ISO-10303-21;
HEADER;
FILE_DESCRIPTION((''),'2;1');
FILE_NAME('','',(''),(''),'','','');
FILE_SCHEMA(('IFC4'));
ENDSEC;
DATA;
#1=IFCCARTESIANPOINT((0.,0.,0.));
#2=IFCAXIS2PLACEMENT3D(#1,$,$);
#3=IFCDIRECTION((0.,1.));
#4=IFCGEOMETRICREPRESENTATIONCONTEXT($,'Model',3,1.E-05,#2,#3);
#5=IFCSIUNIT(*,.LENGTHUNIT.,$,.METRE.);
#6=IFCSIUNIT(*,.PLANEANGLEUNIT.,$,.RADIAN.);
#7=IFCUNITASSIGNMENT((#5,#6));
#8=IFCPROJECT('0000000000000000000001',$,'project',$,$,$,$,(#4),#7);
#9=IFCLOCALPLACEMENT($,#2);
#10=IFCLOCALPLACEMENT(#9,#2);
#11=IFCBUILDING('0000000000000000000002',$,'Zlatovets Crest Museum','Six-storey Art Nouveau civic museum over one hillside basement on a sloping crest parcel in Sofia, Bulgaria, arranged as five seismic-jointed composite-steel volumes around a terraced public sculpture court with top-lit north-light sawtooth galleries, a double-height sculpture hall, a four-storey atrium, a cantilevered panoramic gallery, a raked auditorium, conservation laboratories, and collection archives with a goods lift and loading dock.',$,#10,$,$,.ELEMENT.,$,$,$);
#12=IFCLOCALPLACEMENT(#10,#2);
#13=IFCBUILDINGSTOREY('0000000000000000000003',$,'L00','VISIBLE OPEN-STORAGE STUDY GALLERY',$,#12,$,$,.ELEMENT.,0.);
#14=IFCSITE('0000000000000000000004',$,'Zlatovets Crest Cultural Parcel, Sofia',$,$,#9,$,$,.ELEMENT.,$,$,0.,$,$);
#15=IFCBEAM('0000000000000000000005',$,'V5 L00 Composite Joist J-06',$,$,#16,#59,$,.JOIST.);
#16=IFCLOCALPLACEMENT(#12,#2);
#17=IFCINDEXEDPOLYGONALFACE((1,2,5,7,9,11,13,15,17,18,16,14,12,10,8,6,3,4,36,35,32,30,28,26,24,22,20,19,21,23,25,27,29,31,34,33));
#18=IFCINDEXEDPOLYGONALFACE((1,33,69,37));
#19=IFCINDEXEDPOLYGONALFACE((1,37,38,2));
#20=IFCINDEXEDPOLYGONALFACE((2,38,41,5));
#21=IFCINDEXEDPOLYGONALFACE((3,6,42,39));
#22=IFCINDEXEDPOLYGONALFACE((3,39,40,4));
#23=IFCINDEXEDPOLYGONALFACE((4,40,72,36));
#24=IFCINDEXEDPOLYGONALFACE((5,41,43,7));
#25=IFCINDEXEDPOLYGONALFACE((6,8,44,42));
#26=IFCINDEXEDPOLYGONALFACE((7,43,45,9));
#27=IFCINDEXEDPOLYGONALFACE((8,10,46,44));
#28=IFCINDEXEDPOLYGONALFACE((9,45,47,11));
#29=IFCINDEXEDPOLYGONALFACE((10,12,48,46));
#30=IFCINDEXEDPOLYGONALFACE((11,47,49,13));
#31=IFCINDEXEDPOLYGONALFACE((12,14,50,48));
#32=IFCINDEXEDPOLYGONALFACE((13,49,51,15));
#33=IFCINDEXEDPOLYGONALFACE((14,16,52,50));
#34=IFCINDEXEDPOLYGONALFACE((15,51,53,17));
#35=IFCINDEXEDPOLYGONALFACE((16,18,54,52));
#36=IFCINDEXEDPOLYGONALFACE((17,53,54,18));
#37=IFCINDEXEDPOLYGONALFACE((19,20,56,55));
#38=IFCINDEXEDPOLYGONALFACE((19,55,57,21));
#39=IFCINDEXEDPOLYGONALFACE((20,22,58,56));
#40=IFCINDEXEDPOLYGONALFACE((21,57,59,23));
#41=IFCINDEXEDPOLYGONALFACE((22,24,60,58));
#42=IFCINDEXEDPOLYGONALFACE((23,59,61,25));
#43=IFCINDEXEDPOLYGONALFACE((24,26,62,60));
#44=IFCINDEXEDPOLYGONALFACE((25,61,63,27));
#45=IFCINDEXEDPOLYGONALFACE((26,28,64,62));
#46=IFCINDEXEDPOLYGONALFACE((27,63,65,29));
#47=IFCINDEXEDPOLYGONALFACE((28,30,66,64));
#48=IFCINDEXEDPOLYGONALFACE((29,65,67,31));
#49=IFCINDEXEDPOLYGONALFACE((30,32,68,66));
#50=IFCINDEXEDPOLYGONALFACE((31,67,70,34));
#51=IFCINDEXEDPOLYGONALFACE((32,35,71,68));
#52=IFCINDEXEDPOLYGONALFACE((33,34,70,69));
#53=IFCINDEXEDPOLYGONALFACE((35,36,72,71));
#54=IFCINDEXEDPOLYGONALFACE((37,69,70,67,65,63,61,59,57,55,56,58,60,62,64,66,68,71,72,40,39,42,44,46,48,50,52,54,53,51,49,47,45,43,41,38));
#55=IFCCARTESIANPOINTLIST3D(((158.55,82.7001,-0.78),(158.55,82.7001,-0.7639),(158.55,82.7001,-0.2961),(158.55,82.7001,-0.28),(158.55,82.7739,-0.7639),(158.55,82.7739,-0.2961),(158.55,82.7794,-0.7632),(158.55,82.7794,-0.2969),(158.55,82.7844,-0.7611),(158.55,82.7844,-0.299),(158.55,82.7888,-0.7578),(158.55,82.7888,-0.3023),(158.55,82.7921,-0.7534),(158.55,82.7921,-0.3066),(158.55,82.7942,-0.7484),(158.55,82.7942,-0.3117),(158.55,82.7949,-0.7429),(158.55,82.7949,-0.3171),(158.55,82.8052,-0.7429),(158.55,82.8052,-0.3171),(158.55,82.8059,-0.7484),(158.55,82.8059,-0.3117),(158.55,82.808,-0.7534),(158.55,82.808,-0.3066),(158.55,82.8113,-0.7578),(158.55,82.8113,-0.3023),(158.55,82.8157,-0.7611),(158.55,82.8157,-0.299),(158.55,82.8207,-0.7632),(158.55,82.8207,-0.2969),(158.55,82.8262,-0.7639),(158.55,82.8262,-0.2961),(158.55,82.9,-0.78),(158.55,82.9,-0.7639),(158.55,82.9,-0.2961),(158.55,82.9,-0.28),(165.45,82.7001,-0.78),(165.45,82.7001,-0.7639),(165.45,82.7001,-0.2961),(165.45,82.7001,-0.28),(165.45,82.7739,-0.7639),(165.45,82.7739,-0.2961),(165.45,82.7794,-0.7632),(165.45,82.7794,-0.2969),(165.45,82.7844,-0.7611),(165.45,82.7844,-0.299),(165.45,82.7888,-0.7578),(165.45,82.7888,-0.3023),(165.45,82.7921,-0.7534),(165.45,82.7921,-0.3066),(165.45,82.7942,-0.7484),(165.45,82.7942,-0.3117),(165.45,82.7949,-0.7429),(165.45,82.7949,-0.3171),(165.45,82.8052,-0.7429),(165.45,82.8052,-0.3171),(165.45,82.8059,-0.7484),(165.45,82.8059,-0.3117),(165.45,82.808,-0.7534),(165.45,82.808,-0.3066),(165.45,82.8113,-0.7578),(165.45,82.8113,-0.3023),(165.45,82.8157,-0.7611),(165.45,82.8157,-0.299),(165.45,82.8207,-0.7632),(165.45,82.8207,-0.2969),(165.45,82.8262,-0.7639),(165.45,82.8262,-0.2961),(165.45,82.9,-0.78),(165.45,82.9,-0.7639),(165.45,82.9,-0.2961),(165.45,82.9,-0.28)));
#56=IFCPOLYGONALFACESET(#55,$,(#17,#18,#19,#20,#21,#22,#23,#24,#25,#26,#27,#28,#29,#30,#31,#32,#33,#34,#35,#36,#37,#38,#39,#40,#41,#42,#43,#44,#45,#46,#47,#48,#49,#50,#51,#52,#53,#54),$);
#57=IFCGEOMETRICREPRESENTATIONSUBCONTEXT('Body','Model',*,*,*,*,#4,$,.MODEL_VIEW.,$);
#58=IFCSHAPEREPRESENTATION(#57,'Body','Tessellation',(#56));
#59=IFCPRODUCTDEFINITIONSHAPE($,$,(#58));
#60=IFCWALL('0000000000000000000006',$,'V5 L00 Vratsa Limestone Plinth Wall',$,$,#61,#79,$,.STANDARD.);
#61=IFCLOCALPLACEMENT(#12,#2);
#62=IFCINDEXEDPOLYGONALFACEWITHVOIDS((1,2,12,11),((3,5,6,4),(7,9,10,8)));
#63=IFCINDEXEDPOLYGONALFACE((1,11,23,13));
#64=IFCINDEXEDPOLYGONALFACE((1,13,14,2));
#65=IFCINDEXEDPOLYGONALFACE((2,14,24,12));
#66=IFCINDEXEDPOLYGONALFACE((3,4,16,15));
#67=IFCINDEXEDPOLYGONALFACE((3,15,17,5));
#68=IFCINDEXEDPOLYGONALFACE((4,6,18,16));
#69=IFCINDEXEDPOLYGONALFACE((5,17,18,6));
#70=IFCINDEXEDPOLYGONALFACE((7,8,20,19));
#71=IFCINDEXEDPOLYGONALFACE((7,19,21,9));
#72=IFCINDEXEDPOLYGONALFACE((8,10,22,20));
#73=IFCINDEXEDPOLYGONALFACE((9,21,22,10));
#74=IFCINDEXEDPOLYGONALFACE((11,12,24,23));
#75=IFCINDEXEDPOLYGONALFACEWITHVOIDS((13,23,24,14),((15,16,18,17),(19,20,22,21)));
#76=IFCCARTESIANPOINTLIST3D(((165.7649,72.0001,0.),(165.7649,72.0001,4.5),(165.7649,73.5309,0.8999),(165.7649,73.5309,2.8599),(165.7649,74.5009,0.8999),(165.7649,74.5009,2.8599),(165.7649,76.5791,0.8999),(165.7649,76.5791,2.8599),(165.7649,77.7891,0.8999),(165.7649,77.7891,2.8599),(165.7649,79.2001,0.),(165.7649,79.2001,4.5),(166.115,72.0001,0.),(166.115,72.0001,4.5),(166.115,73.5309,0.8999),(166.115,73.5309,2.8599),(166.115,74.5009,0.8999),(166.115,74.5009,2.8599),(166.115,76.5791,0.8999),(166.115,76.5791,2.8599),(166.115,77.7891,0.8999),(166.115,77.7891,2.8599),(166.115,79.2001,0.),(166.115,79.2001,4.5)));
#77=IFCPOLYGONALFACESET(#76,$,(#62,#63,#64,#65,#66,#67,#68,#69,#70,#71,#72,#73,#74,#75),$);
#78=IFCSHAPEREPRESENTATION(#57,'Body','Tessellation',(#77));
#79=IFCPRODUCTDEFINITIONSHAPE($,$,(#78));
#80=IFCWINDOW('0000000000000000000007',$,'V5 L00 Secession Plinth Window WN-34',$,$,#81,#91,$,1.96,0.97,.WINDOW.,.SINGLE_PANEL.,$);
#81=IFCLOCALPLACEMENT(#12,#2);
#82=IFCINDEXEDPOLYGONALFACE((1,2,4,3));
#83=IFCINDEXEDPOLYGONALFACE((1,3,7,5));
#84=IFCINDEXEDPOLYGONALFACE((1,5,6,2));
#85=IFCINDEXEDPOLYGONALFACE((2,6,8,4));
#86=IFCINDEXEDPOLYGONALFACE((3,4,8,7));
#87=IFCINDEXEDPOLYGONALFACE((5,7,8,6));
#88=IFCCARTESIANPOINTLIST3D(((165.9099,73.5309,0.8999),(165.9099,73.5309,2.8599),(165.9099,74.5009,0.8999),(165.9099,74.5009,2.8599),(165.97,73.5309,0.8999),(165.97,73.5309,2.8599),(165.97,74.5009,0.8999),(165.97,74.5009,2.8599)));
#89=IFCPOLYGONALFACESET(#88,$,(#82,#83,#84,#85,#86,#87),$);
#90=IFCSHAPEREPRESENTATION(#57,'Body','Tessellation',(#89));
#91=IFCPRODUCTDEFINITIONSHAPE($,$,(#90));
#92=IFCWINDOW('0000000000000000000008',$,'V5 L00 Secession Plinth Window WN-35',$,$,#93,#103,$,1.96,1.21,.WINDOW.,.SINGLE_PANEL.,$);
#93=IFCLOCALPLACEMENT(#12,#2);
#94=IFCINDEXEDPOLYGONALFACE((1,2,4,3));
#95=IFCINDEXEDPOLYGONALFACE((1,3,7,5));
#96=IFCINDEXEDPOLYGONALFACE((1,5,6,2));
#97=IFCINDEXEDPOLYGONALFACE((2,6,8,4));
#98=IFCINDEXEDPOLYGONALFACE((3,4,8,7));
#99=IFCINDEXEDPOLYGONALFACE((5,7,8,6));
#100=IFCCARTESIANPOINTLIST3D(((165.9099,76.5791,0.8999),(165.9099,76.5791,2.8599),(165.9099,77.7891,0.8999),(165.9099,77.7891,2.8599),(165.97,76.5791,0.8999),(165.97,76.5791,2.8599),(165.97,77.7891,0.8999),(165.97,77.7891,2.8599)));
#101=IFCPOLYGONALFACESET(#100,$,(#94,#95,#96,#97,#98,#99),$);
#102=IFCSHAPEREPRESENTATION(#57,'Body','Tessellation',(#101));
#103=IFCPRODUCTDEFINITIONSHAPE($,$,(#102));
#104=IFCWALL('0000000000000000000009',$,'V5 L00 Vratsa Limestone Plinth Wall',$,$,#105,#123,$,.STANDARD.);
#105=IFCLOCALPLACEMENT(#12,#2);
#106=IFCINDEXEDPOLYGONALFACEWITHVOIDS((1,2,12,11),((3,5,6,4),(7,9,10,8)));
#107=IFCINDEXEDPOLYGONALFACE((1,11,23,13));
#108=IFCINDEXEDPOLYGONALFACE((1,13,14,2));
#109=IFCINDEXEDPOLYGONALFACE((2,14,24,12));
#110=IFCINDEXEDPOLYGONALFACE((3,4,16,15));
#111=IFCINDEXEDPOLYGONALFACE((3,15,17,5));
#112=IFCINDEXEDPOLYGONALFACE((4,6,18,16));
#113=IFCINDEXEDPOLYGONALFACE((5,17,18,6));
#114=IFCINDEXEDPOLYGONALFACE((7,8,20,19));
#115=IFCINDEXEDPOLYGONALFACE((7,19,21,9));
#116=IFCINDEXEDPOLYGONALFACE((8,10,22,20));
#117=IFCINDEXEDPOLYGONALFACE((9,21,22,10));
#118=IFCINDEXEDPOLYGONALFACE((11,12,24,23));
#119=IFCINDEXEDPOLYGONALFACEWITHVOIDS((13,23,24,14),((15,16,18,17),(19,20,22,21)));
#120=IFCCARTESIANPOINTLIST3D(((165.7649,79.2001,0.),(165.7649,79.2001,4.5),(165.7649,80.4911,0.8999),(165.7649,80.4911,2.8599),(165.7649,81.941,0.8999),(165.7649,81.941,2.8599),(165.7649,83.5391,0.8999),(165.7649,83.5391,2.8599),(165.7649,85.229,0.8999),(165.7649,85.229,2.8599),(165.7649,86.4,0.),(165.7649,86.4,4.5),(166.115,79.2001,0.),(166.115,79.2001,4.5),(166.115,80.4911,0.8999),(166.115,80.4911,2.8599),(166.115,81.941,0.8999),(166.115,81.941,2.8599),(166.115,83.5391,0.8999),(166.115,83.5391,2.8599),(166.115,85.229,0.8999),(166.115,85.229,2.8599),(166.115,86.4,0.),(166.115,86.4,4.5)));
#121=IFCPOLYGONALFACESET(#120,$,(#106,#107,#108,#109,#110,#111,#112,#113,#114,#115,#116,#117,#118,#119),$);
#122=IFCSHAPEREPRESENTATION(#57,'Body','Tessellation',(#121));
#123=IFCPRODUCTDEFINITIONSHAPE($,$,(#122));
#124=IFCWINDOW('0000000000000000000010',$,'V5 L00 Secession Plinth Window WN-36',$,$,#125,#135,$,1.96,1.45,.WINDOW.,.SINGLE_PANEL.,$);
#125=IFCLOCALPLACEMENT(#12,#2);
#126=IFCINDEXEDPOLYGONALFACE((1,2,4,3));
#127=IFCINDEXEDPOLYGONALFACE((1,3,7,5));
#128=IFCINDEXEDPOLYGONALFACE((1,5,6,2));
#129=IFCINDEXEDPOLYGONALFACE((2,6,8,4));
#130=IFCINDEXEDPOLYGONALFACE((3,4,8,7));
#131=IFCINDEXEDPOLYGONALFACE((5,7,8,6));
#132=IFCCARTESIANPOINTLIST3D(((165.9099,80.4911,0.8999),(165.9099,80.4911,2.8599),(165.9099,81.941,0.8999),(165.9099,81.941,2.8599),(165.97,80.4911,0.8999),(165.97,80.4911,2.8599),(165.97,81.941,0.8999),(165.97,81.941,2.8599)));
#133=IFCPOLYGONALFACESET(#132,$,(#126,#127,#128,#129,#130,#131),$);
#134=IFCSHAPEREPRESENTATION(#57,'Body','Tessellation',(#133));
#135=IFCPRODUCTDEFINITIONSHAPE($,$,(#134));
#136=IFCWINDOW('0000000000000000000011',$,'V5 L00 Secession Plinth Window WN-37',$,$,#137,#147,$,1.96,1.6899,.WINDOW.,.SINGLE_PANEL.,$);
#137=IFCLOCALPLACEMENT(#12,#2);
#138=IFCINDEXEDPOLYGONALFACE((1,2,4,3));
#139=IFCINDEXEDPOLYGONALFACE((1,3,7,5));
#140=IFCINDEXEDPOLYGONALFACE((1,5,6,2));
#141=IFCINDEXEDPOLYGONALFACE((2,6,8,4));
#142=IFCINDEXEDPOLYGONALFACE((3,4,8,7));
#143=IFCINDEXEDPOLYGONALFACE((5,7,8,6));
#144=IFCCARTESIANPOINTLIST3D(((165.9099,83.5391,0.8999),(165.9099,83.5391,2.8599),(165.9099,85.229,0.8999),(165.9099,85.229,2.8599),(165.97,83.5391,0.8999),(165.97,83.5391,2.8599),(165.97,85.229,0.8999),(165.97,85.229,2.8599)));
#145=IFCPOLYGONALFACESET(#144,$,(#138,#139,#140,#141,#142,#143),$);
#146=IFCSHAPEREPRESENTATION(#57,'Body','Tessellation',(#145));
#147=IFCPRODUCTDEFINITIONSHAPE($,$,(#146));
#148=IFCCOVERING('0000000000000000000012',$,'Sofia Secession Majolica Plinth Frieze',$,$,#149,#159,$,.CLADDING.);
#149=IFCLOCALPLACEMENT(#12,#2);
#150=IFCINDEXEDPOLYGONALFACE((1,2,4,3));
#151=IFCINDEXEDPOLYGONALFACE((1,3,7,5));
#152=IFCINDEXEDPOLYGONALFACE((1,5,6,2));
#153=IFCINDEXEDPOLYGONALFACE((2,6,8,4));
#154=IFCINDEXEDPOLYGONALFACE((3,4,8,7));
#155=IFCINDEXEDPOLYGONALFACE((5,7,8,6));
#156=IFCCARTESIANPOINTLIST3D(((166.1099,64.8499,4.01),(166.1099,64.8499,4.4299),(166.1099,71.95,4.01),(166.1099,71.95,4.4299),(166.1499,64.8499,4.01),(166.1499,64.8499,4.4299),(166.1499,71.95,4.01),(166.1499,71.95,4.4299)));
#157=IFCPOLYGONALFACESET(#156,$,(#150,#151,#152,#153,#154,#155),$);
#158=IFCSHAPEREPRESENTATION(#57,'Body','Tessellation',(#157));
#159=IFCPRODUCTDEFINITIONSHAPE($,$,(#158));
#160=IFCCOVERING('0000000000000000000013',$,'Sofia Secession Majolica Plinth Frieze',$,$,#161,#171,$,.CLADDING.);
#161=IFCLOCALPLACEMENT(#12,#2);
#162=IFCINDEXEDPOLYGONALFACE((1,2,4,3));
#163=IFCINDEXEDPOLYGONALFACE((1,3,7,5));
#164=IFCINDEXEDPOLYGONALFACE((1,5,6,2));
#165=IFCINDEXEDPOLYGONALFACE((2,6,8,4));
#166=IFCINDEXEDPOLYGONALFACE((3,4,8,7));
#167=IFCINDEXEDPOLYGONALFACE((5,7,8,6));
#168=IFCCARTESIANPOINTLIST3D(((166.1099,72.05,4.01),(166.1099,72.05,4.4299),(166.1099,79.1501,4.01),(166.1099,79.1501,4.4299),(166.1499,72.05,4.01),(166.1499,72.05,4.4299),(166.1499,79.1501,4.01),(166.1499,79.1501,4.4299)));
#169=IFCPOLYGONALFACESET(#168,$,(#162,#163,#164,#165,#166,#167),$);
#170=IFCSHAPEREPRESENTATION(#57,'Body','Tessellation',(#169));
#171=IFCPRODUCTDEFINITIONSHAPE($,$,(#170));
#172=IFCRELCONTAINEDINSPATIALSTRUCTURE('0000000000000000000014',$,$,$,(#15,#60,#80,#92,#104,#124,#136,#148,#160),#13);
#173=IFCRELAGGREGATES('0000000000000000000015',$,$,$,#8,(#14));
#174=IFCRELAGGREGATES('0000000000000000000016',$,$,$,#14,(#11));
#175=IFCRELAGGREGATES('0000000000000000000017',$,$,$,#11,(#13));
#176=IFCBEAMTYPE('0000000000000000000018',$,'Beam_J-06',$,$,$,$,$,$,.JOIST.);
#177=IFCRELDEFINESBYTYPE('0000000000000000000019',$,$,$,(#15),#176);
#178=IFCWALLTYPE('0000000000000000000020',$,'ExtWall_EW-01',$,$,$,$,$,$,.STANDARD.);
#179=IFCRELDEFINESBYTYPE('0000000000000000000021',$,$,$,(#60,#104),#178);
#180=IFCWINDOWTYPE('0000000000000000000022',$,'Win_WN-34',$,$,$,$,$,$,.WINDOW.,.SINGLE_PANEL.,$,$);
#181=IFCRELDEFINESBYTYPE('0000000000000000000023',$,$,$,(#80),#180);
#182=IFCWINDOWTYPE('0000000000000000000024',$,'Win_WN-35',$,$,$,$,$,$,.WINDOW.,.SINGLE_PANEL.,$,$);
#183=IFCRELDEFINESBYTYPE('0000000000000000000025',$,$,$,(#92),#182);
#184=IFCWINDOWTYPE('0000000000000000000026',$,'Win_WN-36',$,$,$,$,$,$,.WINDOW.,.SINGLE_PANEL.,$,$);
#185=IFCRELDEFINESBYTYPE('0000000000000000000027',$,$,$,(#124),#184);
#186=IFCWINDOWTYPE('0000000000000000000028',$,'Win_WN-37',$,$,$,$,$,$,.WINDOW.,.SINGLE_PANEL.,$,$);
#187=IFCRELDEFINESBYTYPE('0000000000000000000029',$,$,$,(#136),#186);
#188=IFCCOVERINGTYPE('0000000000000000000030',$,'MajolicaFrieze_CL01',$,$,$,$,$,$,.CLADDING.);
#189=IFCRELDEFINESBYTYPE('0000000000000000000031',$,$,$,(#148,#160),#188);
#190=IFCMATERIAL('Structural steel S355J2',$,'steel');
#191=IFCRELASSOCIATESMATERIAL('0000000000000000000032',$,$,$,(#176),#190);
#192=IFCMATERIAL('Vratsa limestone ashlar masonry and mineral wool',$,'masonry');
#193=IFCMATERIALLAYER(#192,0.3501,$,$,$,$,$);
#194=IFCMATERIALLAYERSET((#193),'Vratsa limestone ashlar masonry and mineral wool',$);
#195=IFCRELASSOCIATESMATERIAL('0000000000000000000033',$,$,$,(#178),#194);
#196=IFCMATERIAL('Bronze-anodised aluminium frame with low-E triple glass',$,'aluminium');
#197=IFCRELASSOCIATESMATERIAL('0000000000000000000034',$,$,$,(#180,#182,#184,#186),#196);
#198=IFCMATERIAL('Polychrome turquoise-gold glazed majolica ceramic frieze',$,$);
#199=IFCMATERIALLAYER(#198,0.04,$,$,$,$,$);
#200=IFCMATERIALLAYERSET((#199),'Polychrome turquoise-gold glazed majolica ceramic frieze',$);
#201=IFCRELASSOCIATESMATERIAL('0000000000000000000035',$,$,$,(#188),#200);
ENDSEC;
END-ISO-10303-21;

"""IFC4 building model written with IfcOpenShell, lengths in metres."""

from ifc_helpers import new_model, si_unit, direction, frame, frame_2d, origin, origin_2d, place, context, subcontext, project, spatial, rectangle, i_section, extrude, material, layer, layer_set, material_profile, profile_set, type_object, element, fill, save


model = new_model("IFC4")

# Units and contexts
model_context = context("Model", 3, precision=1e-05, world=origin(), true_north=direction((0.0, 1.0)))
body_context = subcontext(model_context, "Body", "Model", "MODEL_VIEW")
ifc_project = project(units=[si_unit("LENGTHUNIT", "METRE"), si_unit("PLANEANGLEUNIT", "RADIAN")], contexts=[model_context])

# Site, building, storey
site_placement = place(None, origin())
site = spatial("IfcSite", under=ifc_project, at=site_placement, Name="Zlatovets Crest Cultural Parcel, Sofia", CompositionType="ELEMENT", RefElevation=0.0)
building_placement = place(site_placement, origin())
building = spatial("IfcBuilding", under=site, at=building_placement, Name="Zlatovets Crest Museum", Description="Six-storey Art Nouveau civic museum over one hillside basement on a sloping crest parcel in Sofia, Bulgaria, arranged as five seismic-jointed composite-steel volumes around a terraced public sculpture court with top-lit north-light sawtooth galleries, a double-height sculpture hall, a four-storey atrium, a cantilevered panoramic gallery, a raked auditorium, conservation laboratories, and collection archives with a goods lift and loading dock.", CompositionType="ELEMENT")
storey_placement = place(building_placement, origin())
storey = spatial("IfcBuildingStorey", under=building, at=storey_placement, Name="L00", Description="VISIBLE OPEN-STORAGE STUDY GALLERY", CompositionType="ELEMENT", Elevation=0.0)

# Shared definitions
ifc_material_1 = material(Name="Structural steel S355J2", Category="steel")

# Beam
ifc_material_profile_1 = material_profile(ifc_material_1, i_section(OverallWidth=0.2, OverallDepth=0.5, WebThickness=0.0103, FlangeThickness=0.0161, FilletRadius=0.021, at=origin_2d()), Name="IPE 500")
ifc_profile_set_1 = profile_set([ifc_material_profile_1], Name="Structural steel S355J2")
beam_type_1 = type_object("IfcBeamType", Name="Beam_J-06", PredefinedType="JOIST", material=ifc_profile_set_1)
for number, where, z_axis, x_axis, name in (
    (1, (158.55, 82.8, -0.53), (1.0, 0.0, 0.0), (0.0, 1.0, 0.0), "V5 L00 Composite Joist J-06"),
):
    element("IfcBeam", number, at=place(storey_placement, frame(where, z_axis=z_axis, x_axis=x_axis)), inside=storey, type_object=beam_type_1, Name=name, PredefinedType="JOIST", context=body_context, shape_type="SweptSolid", body=[
        extrude(i_section(OverallWidth=0.2, OverallDepth=0.5, WebThickness=0.0103, FlangeThickness=0.0161, FilletRadius=0.021, at=origin_2d()), origin(), (0.0, 0.0, 1.0), 6.8999),
    ])

# Walls, openings, windows
ifc_material_2 = material(Name="Vratsa limestone ashlar masonry and mineral wool", Category="masonry")
ifc_layer_1 = layer(ifc_material_2, 0.3501)
ifc_layer_set_1 = layer_set([ifc_layer_1], Name="Vratsa limestone ashlar masonry and mineral wool")
wall_type = type_object("IfcWallType", Name="ExtWall_EW-01", PredefinedType="STANDARD", material=ifc_layer_set_1)
wall_1_placement = place(storey_placement, frame((165.9399, 72.0, 0.0), z_axis=(0.0, 0.0, 1.0), x_axis=(0.0, 1.0, 0.0)))
wall_1 = element("IfcWall", 2, at=wall_1_placement, inside=storey, type_object=wall_type, Name="V5 L00 Vratsa Limestone Plinth Wall", PredefinedType="STANDARD", context=body_context, shape_type="SweptSolid", body=[
    extrude(rectangle(XDim=7.2, YDim=0.3501, at=frame_2d((3.6001, 0.0))), origin(), (0.0, 0.0, 1.0), 4.5),
])
opening_1_placement = place(wall_1_placement, frame((1.531, 0.0, 0.8999)))
opening_1 = element("IfcOpeningElement", 3, at=opening_1_placement, cuts=wall_1, PredefinedType="OPENING", context=body_context, shape_type="SweptSolid", body=[
    extrude(rectangle(XDim=0.97, YDim=1.96, at=frame_2d((0.4849, 0.98))), frame((0.0, 0.1851, 0.0), z_axis=(0.0, -1.0, 0.0), x_axis=(1.0, 0.0, 0.0)), (0.0, 0.0, 1.0), 0.3701),
])
opening_2_placement = place(wall_1_placement, frame((4.5791, 0.0, 0.8999)))
opening_2 = element("IfcOpeningElement", 4, at=opening_2_placement, cuts=wall_1, PredefinedType="OPENING", context=body_context, shape_type="SweptSolid", body=[
    extrude(rectangle(XDim=1.21, YDim=1.96, at=frame_2d((0.605, 0.98))), frame((0.0, 0.1851, 0.0), z_axis=(0.0, -1.0, 0.0), x_axis=(1.0, 0.0, 0.0)), (0.0, 0.0, 1.0), 0.3701),
])
ifc_material_3 = material(Name="Bronze-anodised aluminium frame with low-E triple glass", Category="aluminium")
window_type_1 = type_object("IfcWindowType", Name="Win_WN-34", PartitioningType="SINGLE_PANEL", PredefinedType="WINDOW", material=ifc_material_3)
window_1_placement = place(opening_1_placement, origin())
window_1 = element("IfcWindow", 5, at=window_1_placement, inside=storey, type_object=window_type_1, Name="V5 L00 Secession Plinth Window WN-34", OverallHeight=1.96, OverallWidth=0.97, PartitioningType="SINGLE_PANEL", PredefinedType="WINDOW", context=body_context, shape_type="SweptSolid", body=[
    extrude(rectangle(XDim=0.97, YDim=1.96, at=frame_2d((0.4849, 0.98))), frame((0.0, 0.03, 0.0), z_axis=(0.0, -1.0, 0.0), x_axis=(1.0, 0.0, 0.0)), (0.0, 0.0, 1.0), 0.0601),
])
fill(opening_1, window_1)
window_type_2 = type_object("IfcWindowType", Name="Win_WN-35", PartitioningType="SINGLE_PANEL", PredefinedType="WINDOW", material=ifc_material_3)
window_2_placement = place(opening_2_placement, origin())
window_2 = element("IfcWindow", 6, at=window_2_placement, inside=storey, type_object=window_type_2, Name="V5 L00 Secession Plinth Window WN-35", OverallHeight=1.96, OverallWidth=1.21, PartitioningType="SINGLE_PANEL", PredefinedType="WINDOW", context=body_context, shape_type="SweptSolid", body=[
    extrude(rectangle(XDim=1.21, YDim=1.96, at=frame_2d((0.605, 0.98))), frame((0.0, 0.03, 0.0), z_axis=(0.0, -1.0, 0.0), x_axis=(1.0, 0.0, 0.0)), (0.0, 0.0, 1.0), 0.0601),
])
fill(opening_2, window_2)
wall_2_placement = place(storey_placement, frame((165.9399, 79.2, 0.0), z_axis=(0.0, 0.0, 1.0), x_axis=(0.0, 1.0, 0.0)))
wall_2 = element("IfcWall", 7, at=wall_2_placement, inside=storey, type_object=wall_type, Name="V5 L00 Vratsa Limestone Plinth Wall", PredefinedType="STANDARD", context=body_context, shape_type="SweptSolid", body=[
    extrude(rectangle(XDim=7.2, YDim=0.3501, at=frame_2d((3.6001, 0.0))), origin(), (0.0, 0.0, 1.0), 4.5),
])
opening_3_placement = place(wall_2_placement, frame((1.291, 0.0, 0.8999)))
opening_3 = element("IfcOpeningElement", 8, at=opening_3_placement, cuts=wall_2, PredefinedType="OPENING", context=body_context, shape_type="SweptSolid", body=[
    extrude(rectangle(XDim=1.45, YDim=1.96, at=frame_2d((0.7251, 0.98))), frame((0.0, 0.1851, 0.0), z_axis=(0.0, -1.0, 0.0), x_axis=(1.0, 0.0, 0.0)), (0.0, 0.0, 1.0), 0.3701),
])
opening_4_placement = place(wall_2_placement, frame((4.3391, 0.0, 0.8999)))
opening_4 = element("IfcOpeningElement", 9, at=opening_4_placement, cuts=wall_2, PredefinedType="OPENING", context=body_context, shape_type="SweptSolid", body=[
    extrude(rectangle(XDim=1.6899, YDim=1.96, at=frame_2d((0.845, 0.98))), frame((0.0, 0.1851, 0.0), z_axis=(0.0, -1.0, 0.0), x_axis=(1.0, 0.0, 0.0)), (0.0, 0.0, 1.0), 0.3701),
])
window_type_3 = type_object("IfcWindowType", Name="Win_WN-36", PartitioningType="SINGLE_PANEL", PredefinedType="WINDOW", material=ifc_material_3)
window_3_placement = place(opening_3_placement, origin())
window_3 = element("IfcWindow", 10, at=window_3_placement, inside=storey, type_object=window_type_3, Name="V5 L00 Secession Plinth Window WN-36", OverallHeight=1.96, OverallWidth=1.45, PartitioningType="SINGLE_PANEL", PredefinedType="WINDOW", context=body_context, shape_type="SweptSolid", body=[
    extrude(rectangle(XDim=1.45, YDim=1.96, at=frame_2d((0.7251, 0.98))), frame((0.0, 0.03, 0.0), z_axis=(0.0, -1.0, 0.0), x_axis=(1.0, 0.0, 0.0)), (0.0, 0.0, 1.0), 0.0601),
])
fill(opening_3, window_3)
window_type_4 = type_object("IfcWindowType", Name="Win_WN-37", PartitioningType="SINGLE_PANEL", PredefinedType="WINDOW", material=ifc_material_3)
window_4_placement = place(opening_4_placement, origin())
window_4 = element("IfcWindow", 11, at=window_4_placement, inside=storey, type_object=window_type_4, Name="V5 L00 Secession Plinth Window WN-37", OverallHeight=1.96, OverallWidth=1.6899, PartitioningType="SINGLE_PANEL", PredefinedType="WINDOW", context=body_context, shape_type="SweptSolid", body=[
    extrude(rectangle(XDim=1.6899, YDim=1.96, at=frame_2d((0.845, 0.98))), frame((0.0, 0.03, 0.0), z_axis=(0.0, -1.0, 0.0), x_axis=(1.0, 0.0, 0.0)), (0.0, 0.0, 1.0), 0.0601),
])
fill(opening_4, window_4)

# Coverings
ifc_material_4 = material(Name="Polychrome turquoise-gold glazed majolica ceramic frieze")
ifc_layer_2 = layer(ifc_material_4, 0.04)
ifc_layer_set_2 = layer_set([ifc_layer_2], Name="Polychrome turquoise-gold glazed majolica ceramic frieze")
covering_type = type_object("IfcCoveringType", Name="MajolicaFrieze_CL01", PredefinedType="CLADDING", material=ifc_layer_set_2)
for number, where, z_axis, x_axis, name in (
    (12, (166.1299, 68.3999, 4.01), (0.0, 0.0, 1.0), (0.0, 1.0, 0.0), "Sofia Secession Majolica Plinth Frieze"),
    (13, (166.1299, 75.6001, 4.01), (0.0, 0.0, 1.0), (0.0, 1.0, 0.0), "Sofia Secession Majolica Plinth Frieze"),
):
    element("IfcCovering", number, at=place(storey_placement, frame(where, z_axis=z_axis, x_axis=x_axis)), inside=storey, type_object=covering_type, Name=name, PredefinedType="CLADDING", context=body_context, shape_type="SweptSolid", body=[
        extrude(rectangle(XDim=7.1001, YDim=0.04, at=origin_2d()), origin(), (0.0, 0.0, 1.0), 0.4199),
    ])

save(model, "model.ifc")
